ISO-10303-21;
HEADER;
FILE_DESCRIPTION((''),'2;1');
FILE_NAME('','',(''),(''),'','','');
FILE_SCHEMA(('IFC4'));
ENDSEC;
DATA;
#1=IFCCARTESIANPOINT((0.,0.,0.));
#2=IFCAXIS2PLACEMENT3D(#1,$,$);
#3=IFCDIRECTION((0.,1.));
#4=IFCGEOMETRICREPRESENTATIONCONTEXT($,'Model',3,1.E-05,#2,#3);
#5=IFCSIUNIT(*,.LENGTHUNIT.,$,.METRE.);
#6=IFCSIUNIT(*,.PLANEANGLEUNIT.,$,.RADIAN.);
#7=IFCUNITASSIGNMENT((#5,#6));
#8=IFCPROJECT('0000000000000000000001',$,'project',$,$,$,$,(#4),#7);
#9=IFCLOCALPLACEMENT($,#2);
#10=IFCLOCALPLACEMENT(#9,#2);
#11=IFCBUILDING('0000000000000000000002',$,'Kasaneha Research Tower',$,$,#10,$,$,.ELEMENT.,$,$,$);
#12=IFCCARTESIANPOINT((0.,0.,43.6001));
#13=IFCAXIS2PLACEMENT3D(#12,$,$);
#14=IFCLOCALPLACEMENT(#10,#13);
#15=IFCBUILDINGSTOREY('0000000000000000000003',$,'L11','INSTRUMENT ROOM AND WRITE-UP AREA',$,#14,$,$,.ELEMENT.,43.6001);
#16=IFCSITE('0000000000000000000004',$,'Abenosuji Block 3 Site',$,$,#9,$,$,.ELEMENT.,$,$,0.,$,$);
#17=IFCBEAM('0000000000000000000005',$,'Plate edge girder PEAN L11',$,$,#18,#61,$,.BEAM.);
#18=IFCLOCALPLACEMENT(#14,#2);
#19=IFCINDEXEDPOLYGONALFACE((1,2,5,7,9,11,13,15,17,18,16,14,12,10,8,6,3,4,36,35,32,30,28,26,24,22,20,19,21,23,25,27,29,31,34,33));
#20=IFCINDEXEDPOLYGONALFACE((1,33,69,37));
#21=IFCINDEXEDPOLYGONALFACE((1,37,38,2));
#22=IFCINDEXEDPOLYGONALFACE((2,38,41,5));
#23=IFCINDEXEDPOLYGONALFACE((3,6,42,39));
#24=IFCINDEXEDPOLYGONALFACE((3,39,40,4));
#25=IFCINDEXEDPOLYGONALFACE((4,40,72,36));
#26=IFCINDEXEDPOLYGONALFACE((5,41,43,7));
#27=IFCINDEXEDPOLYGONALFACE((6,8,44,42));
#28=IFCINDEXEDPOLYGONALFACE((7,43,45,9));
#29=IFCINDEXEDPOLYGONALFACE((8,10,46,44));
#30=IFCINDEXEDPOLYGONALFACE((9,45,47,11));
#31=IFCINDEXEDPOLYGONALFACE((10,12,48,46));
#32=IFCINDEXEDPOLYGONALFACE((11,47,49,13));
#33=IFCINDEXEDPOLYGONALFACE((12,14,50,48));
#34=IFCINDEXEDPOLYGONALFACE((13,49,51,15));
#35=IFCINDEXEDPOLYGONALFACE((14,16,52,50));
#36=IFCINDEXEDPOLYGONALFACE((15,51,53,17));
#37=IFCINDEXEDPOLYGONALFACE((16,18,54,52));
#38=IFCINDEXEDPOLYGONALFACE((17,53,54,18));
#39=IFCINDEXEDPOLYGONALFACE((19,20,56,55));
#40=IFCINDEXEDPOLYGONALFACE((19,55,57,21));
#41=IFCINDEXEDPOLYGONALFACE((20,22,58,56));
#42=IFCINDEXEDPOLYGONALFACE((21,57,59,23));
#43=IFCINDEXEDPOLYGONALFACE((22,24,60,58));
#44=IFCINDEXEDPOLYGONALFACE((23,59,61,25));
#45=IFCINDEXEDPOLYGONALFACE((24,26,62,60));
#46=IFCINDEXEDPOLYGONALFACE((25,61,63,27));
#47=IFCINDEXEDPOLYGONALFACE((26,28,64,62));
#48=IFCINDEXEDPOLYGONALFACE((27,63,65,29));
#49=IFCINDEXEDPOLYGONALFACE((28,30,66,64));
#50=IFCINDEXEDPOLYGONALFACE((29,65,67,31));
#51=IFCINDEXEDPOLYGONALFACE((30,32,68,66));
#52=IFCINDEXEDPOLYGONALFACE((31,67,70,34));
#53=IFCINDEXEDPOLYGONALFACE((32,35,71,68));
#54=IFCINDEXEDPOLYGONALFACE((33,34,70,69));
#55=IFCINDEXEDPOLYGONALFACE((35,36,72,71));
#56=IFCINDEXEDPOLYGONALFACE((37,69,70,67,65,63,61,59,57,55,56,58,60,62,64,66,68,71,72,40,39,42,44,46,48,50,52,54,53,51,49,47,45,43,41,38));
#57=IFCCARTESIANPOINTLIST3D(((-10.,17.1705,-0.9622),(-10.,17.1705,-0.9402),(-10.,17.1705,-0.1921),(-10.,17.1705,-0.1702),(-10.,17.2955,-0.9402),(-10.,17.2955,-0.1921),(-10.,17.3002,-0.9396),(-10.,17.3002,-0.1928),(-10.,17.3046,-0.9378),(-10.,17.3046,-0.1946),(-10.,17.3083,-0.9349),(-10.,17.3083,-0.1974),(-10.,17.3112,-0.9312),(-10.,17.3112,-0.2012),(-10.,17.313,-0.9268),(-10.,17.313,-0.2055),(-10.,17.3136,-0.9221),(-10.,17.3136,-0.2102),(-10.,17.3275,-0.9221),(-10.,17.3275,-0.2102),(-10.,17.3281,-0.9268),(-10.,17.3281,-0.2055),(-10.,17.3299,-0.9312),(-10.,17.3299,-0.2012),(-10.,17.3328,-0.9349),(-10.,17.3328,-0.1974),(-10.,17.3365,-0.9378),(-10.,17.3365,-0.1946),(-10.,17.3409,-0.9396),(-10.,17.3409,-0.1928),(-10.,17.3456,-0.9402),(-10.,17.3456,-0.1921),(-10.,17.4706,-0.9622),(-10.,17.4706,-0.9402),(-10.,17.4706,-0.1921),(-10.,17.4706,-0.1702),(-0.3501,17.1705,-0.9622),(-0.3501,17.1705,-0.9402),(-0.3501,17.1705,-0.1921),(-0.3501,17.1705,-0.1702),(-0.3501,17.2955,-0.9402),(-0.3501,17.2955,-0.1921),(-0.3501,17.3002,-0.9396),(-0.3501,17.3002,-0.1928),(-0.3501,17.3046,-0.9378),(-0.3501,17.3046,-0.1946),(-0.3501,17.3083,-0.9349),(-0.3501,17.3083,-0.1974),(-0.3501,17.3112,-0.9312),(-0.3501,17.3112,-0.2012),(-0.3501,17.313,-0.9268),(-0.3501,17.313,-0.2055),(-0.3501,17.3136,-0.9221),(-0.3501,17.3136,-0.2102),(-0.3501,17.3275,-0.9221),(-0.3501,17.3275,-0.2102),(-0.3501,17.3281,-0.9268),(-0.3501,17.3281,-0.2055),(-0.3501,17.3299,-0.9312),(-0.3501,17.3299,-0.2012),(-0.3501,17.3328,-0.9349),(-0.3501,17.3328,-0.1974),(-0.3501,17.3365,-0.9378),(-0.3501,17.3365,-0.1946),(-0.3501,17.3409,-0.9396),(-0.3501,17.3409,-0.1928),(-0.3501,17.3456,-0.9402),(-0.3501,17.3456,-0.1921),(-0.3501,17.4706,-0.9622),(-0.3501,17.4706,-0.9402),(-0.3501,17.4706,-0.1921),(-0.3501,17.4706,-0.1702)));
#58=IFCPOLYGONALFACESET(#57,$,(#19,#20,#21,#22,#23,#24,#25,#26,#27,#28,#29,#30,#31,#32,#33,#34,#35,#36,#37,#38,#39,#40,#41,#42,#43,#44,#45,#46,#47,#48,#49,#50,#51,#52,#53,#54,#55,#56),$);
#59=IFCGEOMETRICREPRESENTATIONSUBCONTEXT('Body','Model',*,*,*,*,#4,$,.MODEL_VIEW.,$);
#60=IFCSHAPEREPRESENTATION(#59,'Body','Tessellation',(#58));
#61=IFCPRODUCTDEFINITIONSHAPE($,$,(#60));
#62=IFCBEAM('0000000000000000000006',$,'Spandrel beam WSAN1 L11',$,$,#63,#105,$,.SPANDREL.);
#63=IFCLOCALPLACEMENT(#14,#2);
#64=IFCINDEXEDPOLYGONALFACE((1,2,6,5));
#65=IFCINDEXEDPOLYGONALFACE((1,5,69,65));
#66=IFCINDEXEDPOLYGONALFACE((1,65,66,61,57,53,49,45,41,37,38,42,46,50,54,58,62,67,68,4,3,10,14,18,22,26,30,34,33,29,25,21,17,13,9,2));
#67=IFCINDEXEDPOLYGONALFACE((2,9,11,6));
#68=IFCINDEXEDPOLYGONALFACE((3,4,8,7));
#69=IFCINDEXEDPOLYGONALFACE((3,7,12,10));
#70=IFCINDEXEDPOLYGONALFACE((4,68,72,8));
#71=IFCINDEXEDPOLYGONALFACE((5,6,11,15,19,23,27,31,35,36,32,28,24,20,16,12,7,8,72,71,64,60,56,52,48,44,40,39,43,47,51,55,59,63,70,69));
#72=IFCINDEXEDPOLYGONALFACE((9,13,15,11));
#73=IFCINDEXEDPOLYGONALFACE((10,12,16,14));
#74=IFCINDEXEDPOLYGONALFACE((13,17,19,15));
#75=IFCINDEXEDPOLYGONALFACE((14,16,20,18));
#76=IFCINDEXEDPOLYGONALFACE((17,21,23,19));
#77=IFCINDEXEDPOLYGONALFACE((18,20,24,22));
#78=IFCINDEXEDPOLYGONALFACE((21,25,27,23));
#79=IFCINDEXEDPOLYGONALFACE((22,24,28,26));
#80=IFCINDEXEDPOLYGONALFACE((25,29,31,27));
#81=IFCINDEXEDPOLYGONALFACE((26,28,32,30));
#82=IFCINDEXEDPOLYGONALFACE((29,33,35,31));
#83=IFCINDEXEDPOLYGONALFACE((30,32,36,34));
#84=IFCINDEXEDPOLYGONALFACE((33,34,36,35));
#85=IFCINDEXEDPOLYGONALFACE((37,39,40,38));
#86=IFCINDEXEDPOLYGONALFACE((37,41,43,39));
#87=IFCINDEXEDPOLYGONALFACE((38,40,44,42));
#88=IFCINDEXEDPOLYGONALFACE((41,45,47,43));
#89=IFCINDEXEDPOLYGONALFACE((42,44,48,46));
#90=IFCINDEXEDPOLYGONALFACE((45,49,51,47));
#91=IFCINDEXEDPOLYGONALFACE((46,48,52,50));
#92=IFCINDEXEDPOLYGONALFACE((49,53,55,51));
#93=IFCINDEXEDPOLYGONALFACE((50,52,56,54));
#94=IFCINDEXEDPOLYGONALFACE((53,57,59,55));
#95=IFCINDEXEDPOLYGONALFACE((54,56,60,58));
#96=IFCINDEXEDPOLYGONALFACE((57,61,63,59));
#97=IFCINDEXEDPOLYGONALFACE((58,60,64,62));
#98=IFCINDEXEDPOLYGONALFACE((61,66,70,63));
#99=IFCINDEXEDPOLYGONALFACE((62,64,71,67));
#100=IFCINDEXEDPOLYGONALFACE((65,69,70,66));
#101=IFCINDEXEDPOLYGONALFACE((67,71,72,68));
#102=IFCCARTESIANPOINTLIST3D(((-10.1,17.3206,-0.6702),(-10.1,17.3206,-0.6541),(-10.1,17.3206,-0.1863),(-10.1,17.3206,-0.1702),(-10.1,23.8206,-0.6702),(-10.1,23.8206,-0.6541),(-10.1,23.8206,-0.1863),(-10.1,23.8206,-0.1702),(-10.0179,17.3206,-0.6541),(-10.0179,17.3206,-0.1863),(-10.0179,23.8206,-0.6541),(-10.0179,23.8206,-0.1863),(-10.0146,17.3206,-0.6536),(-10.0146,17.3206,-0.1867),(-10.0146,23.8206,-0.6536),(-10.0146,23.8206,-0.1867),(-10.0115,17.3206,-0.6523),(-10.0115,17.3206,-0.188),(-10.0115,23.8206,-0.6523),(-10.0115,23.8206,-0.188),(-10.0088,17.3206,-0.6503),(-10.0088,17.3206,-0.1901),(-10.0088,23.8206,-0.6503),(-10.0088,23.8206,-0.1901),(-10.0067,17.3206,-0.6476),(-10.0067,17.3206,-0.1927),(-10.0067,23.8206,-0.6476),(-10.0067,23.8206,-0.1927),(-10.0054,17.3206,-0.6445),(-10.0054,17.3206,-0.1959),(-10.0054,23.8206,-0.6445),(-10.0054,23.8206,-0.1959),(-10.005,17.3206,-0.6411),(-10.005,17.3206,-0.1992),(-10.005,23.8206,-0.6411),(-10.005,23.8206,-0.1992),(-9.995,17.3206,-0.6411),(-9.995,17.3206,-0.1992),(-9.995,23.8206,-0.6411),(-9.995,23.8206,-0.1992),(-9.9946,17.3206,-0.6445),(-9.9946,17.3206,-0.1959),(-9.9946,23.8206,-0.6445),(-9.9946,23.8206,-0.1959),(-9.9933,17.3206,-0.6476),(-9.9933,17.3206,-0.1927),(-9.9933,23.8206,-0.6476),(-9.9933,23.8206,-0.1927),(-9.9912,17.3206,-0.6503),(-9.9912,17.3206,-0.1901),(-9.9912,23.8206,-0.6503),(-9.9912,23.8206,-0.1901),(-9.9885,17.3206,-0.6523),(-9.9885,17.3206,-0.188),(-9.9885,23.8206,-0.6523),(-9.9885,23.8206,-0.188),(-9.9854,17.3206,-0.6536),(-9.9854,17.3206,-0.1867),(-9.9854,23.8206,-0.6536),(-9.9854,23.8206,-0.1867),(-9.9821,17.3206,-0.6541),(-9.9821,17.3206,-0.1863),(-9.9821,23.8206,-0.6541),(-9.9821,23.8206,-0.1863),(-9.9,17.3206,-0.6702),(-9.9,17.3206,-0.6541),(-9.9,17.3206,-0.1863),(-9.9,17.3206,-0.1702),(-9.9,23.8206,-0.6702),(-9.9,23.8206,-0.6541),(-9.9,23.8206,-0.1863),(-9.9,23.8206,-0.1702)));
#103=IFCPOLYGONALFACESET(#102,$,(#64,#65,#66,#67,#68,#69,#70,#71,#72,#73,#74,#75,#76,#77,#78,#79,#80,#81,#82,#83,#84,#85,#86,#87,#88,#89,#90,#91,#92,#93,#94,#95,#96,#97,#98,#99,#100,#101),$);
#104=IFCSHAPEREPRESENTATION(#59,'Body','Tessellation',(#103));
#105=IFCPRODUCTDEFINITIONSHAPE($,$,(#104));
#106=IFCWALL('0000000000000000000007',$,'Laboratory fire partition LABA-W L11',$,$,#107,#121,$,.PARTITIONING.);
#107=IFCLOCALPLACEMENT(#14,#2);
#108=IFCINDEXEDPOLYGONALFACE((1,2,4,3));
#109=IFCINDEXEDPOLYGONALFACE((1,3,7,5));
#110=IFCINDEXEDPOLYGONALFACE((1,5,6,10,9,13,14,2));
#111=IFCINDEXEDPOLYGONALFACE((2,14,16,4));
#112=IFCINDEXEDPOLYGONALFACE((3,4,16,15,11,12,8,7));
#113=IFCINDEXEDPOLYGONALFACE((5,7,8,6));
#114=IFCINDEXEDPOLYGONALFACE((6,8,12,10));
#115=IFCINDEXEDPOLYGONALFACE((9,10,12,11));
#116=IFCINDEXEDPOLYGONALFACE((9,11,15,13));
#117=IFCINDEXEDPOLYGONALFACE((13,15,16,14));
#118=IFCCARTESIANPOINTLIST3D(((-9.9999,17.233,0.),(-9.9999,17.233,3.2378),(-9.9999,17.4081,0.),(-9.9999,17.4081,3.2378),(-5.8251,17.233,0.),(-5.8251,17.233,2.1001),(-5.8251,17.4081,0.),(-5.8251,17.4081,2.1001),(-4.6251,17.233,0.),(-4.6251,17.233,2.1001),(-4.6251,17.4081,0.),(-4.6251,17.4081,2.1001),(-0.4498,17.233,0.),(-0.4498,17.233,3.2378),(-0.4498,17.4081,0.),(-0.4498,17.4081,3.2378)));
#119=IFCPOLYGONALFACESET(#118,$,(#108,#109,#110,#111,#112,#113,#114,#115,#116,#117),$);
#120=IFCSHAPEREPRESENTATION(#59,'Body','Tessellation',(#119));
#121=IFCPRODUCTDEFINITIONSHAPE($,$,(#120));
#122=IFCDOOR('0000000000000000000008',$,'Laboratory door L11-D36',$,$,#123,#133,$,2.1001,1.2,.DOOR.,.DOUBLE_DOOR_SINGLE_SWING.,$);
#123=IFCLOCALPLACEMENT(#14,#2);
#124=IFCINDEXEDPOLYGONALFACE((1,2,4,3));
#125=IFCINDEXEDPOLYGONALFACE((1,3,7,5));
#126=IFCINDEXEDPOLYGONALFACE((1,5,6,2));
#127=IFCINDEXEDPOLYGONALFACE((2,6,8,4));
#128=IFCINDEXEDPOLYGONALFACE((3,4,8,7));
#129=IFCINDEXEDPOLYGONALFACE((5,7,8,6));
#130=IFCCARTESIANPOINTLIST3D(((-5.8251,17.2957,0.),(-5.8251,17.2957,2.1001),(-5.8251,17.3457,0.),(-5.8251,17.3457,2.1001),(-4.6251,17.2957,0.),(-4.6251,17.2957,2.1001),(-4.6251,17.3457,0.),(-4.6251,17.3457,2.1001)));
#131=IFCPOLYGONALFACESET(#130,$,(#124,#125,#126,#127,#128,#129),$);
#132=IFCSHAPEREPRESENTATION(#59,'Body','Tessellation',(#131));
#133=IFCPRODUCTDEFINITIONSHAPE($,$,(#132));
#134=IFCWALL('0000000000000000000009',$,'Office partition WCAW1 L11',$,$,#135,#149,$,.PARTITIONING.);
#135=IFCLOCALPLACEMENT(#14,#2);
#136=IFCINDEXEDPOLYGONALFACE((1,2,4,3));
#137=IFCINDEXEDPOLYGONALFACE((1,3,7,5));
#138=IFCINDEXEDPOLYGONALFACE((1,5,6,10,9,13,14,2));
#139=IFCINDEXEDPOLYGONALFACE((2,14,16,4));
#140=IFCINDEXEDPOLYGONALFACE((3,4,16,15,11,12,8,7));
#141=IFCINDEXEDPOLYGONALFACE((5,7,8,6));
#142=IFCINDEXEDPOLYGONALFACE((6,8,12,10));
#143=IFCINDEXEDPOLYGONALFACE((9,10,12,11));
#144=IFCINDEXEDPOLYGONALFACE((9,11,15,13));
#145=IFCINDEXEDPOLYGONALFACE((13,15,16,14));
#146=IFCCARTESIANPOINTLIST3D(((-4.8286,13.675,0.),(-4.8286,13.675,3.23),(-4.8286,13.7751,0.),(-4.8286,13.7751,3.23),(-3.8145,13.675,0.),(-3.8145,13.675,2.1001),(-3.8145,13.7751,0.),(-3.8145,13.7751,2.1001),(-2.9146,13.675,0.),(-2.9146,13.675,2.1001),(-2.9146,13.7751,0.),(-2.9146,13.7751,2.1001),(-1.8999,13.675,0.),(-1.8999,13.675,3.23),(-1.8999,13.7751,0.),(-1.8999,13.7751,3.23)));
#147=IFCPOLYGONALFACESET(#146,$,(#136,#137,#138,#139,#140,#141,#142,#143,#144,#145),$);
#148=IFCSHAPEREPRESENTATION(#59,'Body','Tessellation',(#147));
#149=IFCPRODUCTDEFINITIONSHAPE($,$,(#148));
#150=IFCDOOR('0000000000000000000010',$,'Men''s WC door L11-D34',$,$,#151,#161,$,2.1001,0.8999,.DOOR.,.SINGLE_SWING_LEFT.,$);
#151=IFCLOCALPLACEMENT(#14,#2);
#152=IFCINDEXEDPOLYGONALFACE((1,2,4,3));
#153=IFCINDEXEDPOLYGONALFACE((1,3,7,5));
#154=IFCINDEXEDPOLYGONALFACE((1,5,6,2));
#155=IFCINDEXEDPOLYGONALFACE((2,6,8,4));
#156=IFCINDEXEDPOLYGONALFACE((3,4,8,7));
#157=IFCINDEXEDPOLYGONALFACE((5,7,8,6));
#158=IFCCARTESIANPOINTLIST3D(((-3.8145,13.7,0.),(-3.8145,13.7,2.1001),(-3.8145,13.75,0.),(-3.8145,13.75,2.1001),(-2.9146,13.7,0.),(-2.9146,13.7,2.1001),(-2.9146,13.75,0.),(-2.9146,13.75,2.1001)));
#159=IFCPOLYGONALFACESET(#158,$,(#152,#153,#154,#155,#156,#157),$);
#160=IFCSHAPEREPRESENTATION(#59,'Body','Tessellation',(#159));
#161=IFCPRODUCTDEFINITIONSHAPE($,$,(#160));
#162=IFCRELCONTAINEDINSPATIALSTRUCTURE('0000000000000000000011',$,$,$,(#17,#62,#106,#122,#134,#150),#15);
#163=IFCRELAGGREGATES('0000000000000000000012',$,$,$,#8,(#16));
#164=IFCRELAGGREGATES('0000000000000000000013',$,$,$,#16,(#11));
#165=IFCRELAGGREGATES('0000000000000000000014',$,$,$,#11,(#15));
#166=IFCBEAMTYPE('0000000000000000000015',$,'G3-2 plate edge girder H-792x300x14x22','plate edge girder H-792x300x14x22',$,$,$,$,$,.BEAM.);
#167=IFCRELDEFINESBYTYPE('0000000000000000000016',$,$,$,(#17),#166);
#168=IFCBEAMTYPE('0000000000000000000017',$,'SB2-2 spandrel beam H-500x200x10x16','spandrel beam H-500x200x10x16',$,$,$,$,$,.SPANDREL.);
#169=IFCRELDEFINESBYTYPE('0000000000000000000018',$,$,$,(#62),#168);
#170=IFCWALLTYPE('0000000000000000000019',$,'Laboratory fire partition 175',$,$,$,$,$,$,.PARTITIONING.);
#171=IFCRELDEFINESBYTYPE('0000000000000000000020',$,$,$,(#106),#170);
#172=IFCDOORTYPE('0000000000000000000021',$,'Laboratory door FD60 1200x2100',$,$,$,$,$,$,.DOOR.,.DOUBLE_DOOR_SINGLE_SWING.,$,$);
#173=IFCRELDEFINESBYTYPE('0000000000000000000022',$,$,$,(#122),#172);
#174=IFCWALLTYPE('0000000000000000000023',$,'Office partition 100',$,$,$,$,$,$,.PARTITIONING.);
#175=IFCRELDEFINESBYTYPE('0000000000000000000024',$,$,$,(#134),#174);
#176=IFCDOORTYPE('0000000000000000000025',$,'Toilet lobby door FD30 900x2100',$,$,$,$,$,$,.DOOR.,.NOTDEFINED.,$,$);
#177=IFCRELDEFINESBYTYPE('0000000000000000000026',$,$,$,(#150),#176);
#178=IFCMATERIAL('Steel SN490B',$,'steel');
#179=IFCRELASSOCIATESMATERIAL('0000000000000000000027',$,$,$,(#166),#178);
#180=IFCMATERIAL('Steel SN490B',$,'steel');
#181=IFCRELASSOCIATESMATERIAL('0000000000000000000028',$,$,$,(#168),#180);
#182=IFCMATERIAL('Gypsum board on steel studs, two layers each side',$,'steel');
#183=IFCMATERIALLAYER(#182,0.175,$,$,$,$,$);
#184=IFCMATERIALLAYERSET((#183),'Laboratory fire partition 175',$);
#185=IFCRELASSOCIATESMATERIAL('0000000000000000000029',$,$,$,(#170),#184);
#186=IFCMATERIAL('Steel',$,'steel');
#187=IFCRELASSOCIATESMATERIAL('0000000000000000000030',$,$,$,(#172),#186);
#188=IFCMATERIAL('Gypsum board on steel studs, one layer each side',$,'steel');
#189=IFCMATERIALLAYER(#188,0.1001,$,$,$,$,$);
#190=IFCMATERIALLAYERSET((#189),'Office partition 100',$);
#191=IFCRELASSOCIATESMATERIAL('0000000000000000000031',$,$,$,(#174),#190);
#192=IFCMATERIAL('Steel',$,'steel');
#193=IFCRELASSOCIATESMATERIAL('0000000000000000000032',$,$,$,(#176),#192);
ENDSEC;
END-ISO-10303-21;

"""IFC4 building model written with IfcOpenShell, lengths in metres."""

from ifc_helpers import new_model, si_unit, direction, frame, frame_2d, origin, origin_2d, place, context, subcontext, project, spatial, rectangle, i_section, extrude, material, layer, layer_set, material_profile, profile_set, type_object, element, fill, save


model = new_model("IFC4")

# Units and contexts
model_context = context("Model", 3, precision=1e-05, world=origin(), true_north=direction((0.0, 1.0)))
body_context = subcontext(model_context, "Body", "Model", "MODEL_VIEW")
ifc_project = project(units=[si_unit("LENGTHUNIT", "METRE"), si_unit("PLANEANGLEUNIT", "RADIAN")], contexts=[model_context])

# Site, building, storey
site_placement = place(None, origin())
site = spatial("IfcSite", under=ifc_project, at=site_placement, Name="Abenosuji Block 3 Site", CompositionType="ELEMENT", RefElevation=0.0)
building_placement = place(site_placement, origin())
building = spatial("IfcBuilding", under=site, at=building_placement, Name="Kasaneha Research Tower", CompositionType="ELEMENT")
storey_placement = place(building_placement, frame((0.0, 0.0, 43.6001)))
storey = spatial("IfcBuildingStorey", under=building, at=storey_placement, Name="L11", Description="INSTRUMENT ROOM AND WRITE-UP AREA", CompositionType="ELEMENT", Elevation=43.6001)

# Beams
ifc_material_1 = material(Name="Steel SN490B", Category="steel")
ifc_material_profile_1 = material_profile(ifc_material_1, i_section(OverallWidth=0.3, OverallDepth=0.792, WebThickness=0.0139, FlangeThickness=0.022, FilletRadius=0.0181, at=origin_2d()), Name="H-792x300x14x22")
ifc_profile_set_1 = profile_set([ifc_material_profile_1], Name="Steel SN490B")
beam_type_1 = type_object("IfcBeamType", Name="G3-2 plate edge girder H-792x300x14x22", Description="plate edge girder H-792x300x14x22", PredefinedType="BEAM", material=ifc_profile_set_1)
beam_1_placement = place(storey_placement, frame((-10.0, 17.3206, -0.5662), z_axis=(1.0, 0.0, 0.0), x_axis=(0.0, 1.0, 0.0)))
element("IfcBeam", 1, at=beam_1_placement, inside=storey, type_object=beam_type_1, Name="Plate edge girder PEAN L11", PredefinedType="BEAM", context=body_context, shape_type="SweptSolid", body=[
    extrude(i_section(OverallWidth=0.3, OverallDepth=0.792, WebThickness=0.0139, FlangeThickness=0.022, FilletRadius=0.0181, at=origin_2d()), origin(), (0.0, 0.0, 1.0), 9.6499),
])
ifc_material_2 = material(Name="Steel SN490B", Category="steel")
ifc_material_profile_2 = material_profile(ifc_material_2, i_section(OverallWidth=0.2, OverallDepth=0.5, WebThickness=0.01, FlangeThickness=0.0161, FilletRadius=0.0129, at=origin_2d()), Name="H-500x200x10x16")
ifc_profile_set_2 = profile_set([ifc_material_profile_2], Name="Steel SN490B")
beam_type_2 = type_object("IfcBeamType", Name="SB2-2 spandrel beam H-500x200x10x16", Description="spandrel beam H-500x200x10x16", PredefinedType="SPANDREL", material=ifc_profile_set_2)
beam_2_placement = place(storey_placement, frame((-10.0, 17.3206, -0.4202), z_axis=(0.0, 1.0, 0.0), x_axis=(-1.0, 0.0, 0.0)))
element("IfcBeam", 2, at=beam_2_placement, inside=storey, type_object=beam_type_2, Name="Spandrel beam WSAN1 L11", PredefinedType="SPANDREL", context=body_context, shape_type="SweptSolid", body=[
    extrude(i_section(OverallWidth=0.2, OverallDepth=0.5, WebThickness=0.01, FlangeThickness=0.0161, FilletRadius=0.0129, at=origin_2d()), origin(), (0.0, 0.0, 1.0), 6.5),
])

# Walls, openings, doors
ifc_material_3 = material(Name="Gypsum board on steel studs, two layers each side", Category="steel")
ifc_layer_1 = layer(ifc_material_3, 0.175)
ifc_layer_set_1 = layer_set([ifc_layer_1], Name="Laboratory fire partition 175")
wall_type_1 = type_object("IfcWallType", Name="Laboratory fire partition 175", PredefinedType="PARTITIONING", material=ifc_layer_set_1)
wall_1_placement = place(storey_placement, frame((-0.45, 17.3206, 0.0), z_axis=(0.0, 0.0, 1.0), x_axis=(-1.0, 0.0, 0.0)))
wall_1 = element("IfcWall", 3, at=wall_1_placement, inside=storey, type_object=wall_type_1, Name="Laboratory fire partition LABA-W L11", PredefinedType="PARTITIONING", context=body_context, shape_type="SweptSolid", body=[
    extrude(rectangle(XDim=9.55, YDim=0.175, at=frame_2d((4.7749, 0.0))), origin(), (0.0, 0.0, 1.0), 3.2378),
])
opening_1_placement = place(wall_1_placement, frame((4.175, 0.0, 0.0)))
opening_1 = element("IfcOpeningElement", 4, at=opening_1_placement, cuts=wall_1, PredefinedType="OPENING", context=body_context, shape_type="SweptSolid", body=[
    extrude(rectangle(XDim=1.2, YDim=2.1001, at=frame_2d((0.6001, 1.05))), frame((0.0, 0.0977, 0.0), z_axis=(0.0, -1.0, 0.0), x_axis=(1.0, 0.0, 0.0)), (0.0, 0.0, 1.0), 0.1951),
])
ifc_material_4 = material(Name="Steel", Category="steel")
door_type_1 = type_object("IfcDoorType", Name="Laboratory door FD60 1200x2100", OperationType="DOUBLE_DOOR_SINGLE_SWING", PredefinedType="DOOR", material=ifc_material_4)
door_1_placement = place(opening_1_placement, origin())
door_1 = element("IfcDoor", 5, at=door_1_placement, inside=storey, type_object=door_type_1, Name="Laboratory door L11-D36", OperationType="DOUBLE_DOOR_SINGLE_SWING", OverallHeight=2.1001, OverallWidth=1.2, PredefinedType="DOOR", context=body_context, shape_type="SweptSolid", body=[
    extrude(rectangle(XDim=1.2, YDim=2.1001, at=frame_2d((0.6001, 1.05))), frame((0.0, 0.0249, 0.0), z_axis=(0.0, -1.0, 0.0), x_axis=(1.0, 0.0, 0.0)), (0.0, 0.0, 1.0), 0.05),
])
fill(opening_1, door_1)
ifc_material_5 = material(Name="Gypsum board on steel studs, one layer each side", Category="steel")
ifc_layer_2 = layer(ifc_material_5, 0.1001)
ifc_layer_set_2 = layer_set([ifc_layer_2], Name="Office partition 100")
wall_type_2 = type_object("IfcWallType", Name="Office partition 100", PredefinedType="PARTITIONING", material=ifc_layer_set_2)
wall_2_placement = place(storey_placement, frame((-4.8286, 13.7251, 0.0), z_axis=(0.0, 0.0, 1.0), x_axis=(1.0, 0.0, 0.0)))
wall_2 = element("IfcWall", 6, at=wall_2_placement, inside=storey, type_object=wall_type_2, Name="Office partition WCAW1 L11", PredefinedType="PARTITIONING", context=body_context, shape_type="SweptSolid", body=[
    extrude(rectangle(XDim=2.9287, YDim=0.1001, at=frame_2d((1.4644, 0.0))), origin(), (0.0, 0.0, 1.0), 3.23),
])
opening_2_placement = place(wall_2_placement, frame((1.0142, 0.0, 0.0)))
opening_2 = element("IfcOpeningElement", 7, at=opening_2_placement, cuts=wall_2, PredefinedType="OPENING", context=body_context, shape_type="SweptSolid", body=[
    extrude(rectangle(XDim=0.8999, YDim=2.1001, at=frame_2d((0.45, 1.05))), frame((0.0, 0.0601, 0.0), z_axis=(0.0, -1.0, 0.0), x_axis=(1.0, 0.0, 0.0)), (0.0, 0.0, 1.0), 0.1201),
])
ifc_material_6 = material(Name="Steel", Category="steel")
door_type_2 = type_object("IfcDoorType", Name="Toilet lobby door FD30 900x2100", OperationType="NOTDEFINED", PredefinedType="DOOR", material=ifc_material_6)
door_2_placement = place(opening_2_placement, origin())
door_2 = element("IfcDoor", 8, at=door_2_placement, inside=storey, type_object=door_type_2, Name="Men's WC door L11-D34", OperationType="SINGLE_SWING_LEFT", OverallHeight=2.1001, OverallWidth=0.8999, PredefinedType="DOOR", context=body_context, shape_type="SweptSolid", body=[
    extrude(rectangle(XDim=0.8999, YDim=2.1001, at=frame_2d((0.45, 1.05))), frame((0.0, 0.0249, 0.0), z_axis=(0.0, -1.0, 0.0), x_axis=(1.0, 0.0, 0.0)), (0.0, 0.0, 1.0), 0.05),
])
fill(opening_2, door_2)

save(model, "model.ifc")
